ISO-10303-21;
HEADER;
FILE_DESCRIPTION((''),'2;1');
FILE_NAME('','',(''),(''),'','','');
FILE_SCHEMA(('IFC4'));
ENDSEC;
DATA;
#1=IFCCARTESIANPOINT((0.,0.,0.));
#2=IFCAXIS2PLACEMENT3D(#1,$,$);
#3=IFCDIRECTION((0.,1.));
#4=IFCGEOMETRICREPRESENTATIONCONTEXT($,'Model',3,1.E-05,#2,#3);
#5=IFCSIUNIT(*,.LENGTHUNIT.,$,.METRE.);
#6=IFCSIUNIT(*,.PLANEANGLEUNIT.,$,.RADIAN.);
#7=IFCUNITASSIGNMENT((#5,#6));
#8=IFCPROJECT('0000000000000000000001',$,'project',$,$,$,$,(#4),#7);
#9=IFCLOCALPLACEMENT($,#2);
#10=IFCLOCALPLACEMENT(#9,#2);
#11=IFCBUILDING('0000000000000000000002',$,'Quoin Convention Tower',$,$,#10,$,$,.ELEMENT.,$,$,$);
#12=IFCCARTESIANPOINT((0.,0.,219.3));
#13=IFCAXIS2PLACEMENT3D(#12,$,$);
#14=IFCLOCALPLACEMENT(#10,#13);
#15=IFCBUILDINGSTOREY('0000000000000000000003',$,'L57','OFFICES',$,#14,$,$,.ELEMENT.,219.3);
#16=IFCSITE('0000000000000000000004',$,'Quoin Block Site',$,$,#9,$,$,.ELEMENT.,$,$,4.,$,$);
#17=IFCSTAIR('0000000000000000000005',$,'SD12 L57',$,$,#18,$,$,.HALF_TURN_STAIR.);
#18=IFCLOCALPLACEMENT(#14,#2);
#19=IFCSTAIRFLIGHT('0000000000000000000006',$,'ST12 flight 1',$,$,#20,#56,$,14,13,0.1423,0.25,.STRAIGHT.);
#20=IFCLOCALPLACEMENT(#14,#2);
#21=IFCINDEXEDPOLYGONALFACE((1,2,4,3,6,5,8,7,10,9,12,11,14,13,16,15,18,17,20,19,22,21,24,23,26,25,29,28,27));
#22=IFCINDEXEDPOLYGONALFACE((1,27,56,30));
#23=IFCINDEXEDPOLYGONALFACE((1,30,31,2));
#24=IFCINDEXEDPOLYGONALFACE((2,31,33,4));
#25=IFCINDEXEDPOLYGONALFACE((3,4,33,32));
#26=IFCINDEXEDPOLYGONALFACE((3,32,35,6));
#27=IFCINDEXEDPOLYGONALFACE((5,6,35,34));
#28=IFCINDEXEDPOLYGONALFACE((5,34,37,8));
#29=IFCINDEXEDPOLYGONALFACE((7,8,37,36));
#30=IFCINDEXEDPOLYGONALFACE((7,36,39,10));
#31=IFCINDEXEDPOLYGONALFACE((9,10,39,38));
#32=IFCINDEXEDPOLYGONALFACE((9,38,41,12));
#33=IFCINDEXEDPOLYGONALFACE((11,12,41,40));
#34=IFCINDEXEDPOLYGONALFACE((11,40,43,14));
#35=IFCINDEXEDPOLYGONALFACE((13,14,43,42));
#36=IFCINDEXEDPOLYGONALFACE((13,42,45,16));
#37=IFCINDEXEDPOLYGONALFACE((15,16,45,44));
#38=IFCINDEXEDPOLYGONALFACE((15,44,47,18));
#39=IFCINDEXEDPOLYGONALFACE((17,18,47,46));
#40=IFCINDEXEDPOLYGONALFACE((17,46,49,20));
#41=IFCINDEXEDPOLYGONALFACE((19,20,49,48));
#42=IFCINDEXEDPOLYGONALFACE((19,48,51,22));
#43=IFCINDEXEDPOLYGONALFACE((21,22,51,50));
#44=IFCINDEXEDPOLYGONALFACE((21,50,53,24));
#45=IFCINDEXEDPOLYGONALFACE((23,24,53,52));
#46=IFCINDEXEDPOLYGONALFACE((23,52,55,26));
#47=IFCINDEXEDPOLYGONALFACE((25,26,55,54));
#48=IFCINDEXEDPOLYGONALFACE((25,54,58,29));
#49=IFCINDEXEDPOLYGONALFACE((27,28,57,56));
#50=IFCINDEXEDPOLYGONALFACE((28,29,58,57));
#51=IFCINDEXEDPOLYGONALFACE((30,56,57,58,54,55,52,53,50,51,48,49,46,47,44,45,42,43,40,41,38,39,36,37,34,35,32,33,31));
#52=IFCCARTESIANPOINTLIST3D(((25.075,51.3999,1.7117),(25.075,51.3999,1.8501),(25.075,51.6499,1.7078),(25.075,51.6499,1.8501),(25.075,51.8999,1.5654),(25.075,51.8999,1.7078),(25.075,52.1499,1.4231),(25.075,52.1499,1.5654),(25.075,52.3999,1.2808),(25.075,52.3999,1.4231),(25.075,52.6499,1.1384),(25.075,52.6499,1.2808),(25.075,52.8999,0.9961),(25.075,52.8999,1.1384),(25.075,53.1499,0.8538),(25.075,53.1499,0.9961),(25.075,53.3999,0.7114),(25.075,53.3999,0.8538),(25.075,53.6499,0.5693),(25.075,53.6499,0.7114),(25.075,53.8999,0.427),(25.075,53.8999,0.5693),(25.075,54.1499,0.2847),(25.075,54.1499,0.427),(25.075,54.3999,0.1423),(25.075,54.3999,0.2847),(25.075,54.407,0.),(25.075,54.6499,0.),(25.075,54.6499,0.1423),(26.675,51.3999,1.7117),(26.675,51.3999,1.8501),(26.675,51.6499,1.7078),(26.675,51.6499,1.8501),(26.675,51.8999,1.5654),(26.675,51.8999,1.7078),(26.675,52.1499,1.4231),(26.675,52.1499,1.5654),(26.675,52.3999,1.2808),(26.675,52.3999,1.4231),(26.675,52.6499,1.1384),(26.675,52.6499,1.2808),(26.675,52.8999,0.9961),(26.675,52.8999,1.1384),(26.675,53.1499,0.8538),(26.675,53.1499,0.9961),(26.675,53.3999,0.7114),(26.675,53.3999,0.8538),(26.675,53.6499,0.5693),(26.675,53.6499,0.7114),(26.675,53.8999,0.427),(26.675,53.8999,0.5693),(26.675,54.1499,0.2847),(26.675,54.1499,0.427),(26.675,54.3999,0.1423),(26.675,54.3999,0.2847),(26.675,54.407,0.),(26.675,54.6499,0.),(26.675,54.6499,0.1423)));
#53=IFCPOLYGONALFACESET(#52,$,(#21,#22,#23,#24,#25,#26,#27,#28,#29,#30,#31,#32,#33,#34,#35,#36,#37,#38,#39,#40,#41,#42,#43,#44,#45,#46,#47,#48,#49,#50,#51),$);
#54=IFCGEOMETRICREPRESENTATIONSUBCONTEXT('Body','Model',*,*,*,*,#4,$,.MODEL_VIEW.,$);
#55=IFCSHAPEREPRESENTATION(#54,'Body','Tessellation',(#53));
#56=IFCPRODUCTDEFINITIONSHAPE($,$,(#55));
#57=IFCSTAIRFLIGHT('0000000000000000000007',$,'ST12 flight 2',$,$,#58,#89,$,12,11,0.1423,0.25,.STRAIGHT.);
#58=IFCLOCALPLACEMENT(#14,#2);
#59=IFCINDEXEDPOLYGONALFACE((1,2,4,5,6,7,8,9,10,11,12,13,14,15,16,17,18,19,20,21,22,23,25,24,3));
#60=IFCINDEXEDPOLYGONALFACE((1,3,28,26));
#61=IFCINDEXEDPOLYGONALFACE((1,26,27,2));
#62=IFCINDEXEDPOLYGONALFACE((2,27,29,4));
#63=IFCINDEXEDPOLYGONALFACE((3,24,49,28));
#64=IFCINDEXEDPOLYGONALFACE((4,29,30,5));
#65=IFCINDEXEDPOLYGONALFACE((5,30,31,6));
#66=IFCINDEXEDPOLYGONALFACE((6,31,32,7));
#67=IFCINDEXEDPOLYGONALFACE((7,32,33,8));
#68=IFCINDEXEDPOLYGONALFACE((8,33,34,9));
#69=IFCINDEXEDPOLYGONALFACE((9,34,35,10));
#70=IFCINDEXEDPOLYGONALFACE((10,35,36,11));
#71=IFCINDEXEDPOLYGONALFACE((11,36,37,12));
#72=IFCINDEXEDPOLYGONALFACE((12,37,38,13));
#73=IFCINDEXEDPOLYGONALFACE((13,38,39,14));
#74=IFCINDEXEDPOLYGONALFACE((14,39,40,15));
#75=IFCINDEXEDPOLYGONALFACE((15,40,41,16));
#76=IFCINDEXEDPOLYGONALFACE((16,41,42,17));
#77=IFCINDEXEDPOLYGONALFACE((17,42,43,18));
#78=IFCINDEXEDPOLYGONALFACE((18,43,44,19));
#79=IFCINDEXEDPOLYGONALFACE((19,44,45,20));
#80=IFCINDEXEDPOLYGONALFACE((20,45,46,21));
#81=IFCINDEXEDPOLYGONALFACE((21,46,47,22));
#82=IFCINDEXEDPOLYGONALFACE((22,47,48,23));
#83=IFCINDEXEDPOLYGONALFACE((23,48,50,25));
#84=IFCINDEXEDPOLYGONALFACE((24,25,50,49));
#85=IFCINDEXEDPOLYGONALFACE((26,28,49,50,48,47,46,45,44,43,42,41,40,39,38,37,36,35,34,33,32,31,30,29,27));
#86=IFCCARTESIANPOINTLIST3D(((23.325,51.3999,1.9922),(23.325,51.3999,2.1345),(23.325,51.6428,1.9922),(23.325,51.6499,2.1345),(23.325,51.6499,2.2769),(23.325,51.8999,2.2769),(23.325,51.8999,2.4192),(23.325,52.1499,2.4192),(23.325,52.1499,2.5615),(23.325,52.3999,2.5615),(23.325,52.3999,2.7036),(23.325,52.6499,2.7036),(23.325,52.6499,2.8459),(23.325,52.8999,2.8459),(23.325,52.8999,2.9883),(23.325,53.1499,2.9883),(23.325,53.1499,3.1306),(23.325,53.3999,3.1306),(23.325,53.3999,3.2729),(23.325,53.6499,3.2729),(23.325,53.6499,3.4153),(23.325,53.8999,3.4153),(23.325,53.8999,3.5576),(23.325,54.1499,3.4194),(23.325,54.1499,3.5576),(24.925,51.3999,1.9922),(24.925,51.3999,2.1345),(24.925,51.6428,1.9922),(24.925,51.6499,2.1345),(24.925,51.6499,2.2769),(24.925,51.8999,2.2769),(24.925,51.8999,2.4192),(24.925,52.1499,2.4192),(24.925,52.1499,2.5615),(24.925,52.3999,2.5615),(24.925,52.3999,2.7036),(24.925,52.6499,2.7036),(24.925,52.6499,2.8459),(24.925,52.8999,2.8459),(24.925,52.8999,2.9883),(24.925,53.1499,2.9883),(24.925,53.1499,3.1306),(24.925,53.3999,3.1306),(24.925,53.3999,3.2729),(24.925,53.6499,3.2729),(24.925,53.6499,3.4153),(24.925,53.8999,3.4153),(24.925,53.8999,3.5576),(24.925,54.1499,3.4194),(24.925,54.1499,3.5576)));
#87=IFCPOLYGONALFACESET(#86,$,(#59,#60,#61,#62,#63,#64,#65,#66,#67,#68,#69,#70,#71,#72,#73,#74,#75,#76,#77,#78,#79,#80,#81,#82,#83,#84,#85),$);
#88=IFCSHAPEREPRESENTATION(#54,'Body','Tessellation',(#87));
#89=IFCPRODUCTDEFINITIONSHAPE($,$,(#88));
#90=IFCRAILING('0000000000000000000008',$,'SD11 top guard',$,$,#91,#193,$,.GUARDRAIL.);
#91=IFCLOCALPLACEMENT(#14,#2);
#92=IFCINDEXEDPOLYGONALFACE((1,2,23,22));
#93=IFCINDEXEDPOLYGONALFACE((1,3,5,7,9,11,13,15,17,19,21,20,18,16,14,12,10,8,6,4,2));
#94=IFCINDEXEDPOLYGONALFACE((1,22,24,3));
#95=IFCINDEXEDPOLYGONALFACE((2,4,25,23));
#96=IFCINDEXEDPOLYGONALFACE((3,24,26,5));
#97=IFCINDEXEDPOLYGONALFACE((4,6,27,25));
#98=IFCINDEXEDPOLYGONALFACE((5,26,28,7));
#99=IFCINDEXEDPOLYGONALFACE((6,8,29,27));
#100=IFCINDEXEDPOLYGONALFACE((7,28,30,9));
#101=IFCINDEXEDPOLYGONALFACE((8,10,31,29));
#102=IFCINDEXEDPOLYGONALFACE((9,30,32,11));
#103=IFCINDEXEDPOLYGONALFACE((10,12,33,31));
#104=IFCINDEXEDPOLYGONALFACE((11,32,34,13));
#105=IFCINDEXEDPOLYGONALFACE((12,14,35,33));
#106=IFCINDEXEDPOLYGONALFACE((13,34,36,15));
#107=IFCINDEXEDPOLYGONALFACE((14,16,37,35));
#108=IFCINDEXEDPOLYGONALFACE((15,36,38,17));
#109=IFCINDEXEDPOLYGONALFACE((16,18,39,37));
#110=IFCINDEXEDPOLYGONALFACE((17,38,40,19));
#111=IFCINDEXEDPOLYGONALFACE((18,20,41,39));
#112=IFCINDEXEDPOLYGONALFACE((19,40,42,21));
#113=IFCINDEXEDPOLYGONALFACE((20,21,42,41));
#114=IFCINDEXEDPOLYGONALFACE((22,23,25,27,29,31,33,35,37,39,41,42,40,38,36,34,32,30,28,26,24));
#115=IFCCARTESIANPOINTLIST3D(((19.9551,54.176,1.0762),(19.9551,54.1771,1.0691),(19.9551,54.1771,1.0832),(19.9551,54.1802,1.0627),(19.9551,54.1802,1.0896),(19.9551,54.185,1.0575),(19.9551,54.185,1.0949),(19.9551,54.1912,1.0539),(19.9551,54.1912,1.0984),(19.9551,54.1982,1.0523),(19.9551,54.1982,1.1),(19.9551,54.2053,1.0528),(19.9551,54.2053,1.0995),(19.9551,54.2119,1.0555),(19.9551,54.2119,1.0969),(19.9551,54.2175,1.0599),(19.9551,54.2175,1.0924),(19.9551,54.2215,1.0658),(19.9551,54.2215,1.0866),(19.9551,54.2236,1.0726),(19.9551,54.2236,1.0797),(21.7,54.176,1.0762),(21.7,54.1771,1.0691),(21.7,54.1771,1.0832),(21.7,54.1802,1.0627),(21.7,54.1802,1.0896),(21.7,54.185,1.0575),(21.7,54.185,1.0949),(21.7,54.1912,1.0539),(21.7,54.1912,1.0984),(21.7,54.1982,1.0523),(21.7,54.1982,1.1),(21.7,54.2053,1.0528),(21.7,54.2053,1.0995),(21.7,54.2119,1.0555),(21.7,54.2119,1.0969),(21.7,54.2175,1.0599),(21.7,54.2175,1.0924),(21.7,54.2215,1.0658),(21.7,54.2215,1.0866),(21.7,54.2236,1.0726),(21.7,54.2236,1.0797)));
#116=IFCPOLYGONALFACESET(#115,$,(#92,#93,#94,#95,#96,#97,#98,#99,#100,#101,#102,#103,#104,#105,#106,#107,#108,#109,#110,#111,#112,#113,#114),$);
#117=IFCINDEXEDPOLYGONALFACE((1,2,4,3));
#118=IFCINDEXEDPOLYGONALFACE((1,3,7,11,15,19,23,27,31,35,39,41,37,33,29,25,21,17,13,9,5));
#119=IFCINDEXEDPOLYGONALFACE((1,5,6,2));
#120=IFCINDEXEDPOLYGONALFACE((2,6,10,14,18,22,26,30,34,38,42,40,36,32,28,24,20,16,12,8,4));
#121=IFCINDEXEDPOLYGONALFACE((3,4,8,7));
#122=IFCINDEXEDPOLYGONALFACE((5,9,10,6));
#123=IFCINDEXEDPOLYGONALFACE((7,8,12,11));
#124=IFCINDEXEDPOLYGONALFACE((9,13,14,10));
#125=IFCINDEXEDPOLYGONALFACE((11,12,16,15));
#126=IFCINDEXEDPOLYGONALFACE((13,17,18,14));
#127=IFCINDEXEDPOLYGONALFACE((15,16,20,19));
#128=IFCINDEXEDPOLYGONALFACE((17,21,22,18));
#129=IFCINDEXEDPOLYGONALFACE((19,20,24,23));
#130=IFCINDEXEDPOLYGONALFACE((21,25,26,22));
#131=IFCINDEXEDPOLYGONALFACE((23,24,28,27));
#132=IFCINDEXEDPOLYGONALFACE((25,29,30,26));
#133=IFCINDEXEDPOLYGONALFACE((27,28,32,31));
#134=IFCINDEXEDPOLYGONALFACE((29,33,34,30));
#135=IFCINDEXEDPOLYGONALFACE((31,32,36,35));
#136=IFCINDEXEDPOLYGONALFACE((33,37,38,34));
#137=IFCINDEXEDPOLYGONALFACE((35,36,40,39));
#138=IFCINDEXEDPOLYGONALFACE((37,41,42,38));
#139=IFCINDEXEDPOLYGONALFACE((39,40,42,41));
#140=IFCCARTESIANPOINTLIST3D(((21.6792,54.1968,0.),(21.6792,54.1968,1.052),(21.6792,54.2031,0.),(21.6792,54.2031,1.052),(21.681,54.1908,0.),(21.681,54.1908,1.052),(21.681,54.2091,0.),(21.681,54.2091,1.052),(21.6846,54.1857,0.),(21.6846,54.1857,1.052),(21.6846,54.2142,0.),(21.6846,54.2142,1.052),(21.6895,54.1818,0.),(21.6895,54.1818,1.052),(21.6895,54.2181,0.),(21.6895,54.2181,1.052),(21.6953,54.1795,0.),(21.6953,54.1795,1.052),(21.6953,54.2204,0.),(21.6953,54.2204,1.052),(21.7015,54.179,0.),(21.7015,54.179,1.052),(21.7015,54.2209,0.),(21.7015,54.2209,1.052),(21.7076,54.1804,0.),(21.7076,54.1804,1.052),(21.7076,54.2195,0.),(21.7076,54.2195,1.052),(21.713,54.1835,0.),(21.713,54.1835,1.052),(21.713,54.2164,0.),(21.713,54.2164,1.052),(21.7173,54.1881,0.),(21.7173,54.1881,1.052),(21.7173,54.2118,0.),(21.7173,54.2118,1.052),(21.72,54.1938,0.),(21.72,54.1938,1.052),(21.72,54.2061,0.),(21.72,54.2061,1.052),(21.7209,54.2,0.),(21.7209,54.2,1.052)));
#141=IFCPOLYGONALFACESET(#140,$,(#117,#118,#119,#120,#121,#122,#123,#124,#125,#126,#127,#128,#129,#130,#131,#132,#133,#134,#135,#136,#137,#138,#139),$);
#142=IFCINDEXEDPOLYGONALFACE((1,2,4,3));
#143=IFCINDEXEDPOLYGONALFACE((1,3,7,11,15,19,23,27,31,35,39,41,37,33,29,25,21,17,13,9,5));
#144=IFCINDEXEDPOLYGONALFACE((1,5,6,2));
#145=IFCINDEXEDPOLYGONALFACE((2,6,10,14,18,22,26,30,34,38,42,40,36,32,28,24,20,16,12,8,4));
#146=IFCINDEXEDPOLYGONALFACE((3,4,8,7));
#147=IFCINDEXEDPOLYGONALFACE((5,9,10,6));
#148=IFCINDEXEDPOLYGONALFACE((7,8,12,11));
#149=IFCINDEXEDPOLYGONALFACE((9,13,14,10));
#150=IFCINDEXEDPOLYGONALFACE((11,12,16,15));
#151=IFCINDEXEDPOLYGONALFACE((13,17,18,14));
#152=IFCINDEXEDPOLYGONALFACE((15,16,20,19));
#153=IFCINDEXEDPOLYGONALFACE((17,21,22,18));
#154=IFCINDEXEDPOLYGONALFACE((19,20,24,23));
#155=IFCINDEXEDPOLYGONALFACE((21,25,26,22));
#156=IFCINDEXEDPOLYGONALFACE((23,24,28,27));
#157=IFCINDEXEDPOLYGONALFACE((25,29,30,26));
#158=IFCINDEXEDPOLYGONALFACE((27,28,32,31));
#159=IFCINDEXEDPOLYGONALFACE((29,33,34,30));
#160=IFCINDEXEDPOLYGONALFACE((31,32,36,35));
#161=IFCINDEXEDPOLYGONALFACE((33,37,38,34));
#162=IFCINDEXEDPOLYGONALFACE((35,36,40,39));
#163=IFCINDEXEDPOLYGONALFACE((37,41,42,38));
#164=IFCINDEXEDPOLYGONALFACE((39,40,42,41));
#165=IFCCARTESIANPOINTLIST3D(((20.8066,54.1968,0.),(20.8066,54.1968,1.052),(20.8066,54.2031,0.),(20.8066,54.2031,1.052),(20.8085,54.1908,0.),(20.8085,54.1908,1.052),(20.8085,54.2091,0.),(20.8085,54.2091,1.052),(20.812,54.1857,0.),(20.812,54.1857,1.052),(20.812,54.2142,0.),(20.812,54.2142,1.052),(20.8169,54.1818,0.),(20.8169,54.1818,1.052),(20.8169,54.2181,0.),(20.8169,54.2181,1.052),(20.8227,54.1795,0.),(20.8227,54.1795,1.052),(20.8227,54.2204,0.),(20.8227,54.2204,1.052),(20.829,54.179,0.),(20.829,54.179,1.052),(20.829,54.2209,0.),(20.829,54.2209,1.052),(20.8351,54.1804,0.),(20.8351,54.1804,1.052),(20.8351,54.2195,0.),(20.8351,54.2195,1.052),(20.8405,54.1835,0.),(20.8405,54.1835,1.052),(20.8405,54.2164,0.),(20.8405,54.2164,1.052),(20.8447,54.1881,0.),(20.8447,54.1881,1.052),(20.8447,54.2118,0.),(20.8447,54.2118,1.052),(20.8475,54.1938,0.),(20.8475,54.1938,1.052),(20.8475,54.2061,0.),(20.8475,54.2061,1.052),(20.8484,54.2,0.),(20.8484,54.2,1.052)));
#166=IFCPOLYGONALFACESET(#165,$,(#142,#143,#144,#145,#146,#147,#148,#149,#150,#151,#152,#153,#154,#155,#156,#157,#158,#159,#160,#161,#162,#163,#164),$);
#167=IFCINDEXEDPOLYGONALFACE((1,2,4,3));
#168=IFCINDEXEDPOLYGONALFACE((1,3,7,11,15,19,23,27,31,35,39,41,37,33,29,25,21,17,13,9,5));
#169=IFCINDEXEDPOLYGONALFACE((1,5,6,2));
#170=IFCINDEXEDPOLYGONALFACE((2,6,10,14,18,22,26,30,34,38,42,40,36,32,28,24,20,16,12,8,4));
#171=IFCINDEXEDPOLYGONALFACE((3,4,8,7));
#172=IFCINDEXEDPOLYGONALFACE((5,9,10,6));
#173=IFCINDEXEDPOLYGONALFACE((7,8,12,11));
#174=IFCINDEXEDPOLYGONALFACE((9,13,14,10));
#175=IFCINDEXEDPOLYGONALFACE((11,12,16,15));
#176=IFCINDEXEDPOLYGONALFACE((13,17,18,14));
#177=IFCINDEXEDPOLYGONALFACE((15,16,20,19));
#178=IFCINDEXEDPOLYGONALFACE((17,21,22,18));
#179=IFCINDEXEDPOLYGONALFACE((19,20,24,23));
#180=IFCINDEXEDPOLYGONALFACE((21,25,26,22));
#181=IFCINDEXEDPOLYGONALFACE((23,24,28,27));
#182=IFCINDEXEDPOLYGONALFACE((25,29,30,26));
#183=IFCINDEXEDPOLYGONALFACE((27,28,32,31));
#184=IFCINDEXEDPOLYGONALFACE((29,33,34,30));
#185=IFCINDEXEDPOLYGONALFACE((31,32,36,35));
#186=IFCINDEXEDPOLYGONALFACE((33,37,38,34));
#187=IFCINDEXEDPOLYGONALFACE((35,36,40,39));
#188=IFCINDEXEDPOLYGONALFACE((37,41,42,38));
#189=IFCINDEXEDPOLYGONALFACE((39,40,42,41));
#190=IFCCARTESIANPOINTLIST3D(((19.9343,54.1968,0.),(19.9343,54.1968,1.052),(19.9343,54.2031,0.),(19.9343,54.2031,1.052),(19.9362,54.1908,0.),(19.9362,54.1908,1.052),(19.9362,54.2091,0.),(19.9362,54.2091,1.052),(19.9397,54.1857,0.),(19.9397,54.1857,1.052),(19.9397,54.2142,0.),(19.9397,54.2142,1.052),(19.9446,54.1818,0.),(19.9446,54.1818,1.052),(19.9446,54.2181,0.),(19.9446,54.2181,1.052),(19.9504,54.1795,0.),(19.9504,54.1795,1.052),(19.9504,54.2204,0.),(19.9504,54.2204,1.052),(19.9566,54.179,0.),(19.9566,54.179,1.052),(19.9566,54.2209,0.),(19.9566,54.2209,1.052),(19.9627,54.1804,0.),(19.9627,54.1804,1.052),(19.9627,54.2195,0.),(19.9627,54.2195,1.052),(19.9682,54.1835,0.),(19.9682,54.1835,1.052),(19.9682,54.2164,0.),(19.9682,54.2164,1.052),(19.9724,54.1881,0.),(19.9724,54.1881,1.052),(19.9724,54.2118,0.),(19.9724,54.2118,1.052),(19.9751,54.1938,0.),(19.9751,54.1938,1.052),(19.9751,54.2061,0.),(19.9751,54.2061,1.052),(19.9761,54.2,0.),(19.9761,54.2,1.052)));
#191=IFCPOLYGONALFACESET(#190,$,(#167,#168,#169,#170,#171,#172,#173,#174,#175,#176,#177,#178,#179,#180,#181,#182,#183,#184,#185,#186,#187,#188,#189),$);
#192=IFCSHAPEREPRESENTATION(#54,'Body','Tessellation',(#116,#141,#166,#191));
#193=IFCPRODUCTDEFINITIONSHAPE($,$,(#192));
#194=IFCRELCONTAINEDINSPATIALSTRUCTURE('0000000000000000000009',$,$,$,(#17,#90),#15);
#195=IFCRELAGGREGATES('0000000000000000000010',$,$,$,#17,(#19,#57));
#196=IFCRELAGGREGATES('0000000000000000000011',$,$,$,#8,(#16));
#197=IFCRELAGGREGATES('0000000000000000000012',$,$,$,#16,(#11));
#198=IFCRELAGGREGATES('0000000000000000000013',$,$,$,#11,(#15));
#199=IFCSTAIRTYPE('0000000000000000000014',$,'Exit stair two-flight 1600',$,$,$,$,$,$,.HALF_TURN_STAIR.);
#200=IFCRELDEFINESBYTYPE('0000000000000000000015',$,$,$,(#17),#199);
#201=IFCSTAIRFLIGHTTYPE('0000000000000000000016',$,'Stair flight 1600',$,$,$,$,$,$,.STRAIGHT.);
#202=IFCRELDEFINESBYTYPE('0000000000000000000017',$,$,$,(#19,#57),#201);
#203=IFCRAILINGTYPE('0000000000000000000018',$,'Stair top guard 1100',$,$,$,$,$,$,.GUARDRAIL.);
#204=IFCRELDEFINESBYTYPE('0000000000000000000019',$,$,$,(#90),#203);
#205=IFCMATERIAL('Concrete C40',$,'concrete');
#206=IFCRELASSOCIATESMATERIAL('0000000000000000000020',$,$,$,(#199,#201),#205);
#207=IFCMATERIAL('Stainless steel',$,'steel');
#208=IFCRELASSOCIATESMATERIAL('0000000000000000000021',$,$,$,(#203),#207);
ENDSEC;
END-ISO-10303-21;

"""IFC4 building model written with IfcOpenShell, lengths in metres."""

from ifc_helpers import new_model, si_unit, direction, frame, origin, origin_2d, place, context, subcontext, project, spatial, polyline, circle, outline, extrude, material, type_object, element, aggregate, save


model = new_model("IFC4")

# Units and contexts
model_context = context("Model", 3, precision=1e-05, world=origin(), true_north=direction((0.0, 1.0)))
body_context = subcontext(model_context, "Body", "Model", "MODEL_VIEW")
ifc_project = project(units=[si_unit("LENGTHUNIT", "METRE"), si_unit("PLANEANGLEUNIT", "RADIAN")], contexts=[model_context])

# Site, building, storey
site_placement = place(None, origin())
site = spatial("IfcSite", under=ifc_project, at=site_placement, Name="Quoin Block Site", CompositionType="ELEMENT", RefElevation=4.0)
building_placement = place(site_placement, origin())
building = spatial("IfcBuilding", under=site, at=building_placement, Name="Quoin Convention Tower", CompositionType="ELEMENT")
storey_placement = place(building_placement, frame((0.0, 0.0, 219.3)))
storey = spatial("IfcBuildingStorey", under=building, at=storey_placement, Name="L57", Description="OFFICES", CompositionType="ELEMENT", Elevation=219.3)

# Stair, stair flights
ifc_material_1 = material(Name="Concrete C40", Category="concrete")
stair_type = type_object("IfcStairType", Name="Exit stair two-flight 1600", PredefinedType="HALF_TURN_STAIR", material=ifc_material_1)
stair_flight_type = type_object("IfcStairFlightType", Name="Stair flight 1600", PredefinedType="STRAIGHT", material=ifc_material_1)
stair_1_placement = place(storey_placement, origin())
stair_1 = element("IfcStair", 1, at=stair_1_placement, inside=storey, type_object=stair_type, Name="SD12 L57", PredefinedType="HALF_TURN_STAIR")
stair_flight_1_placement = place(storey_placement, frame((25.875, 54.6499, 0.0), z_axis=(0.0, 0.0, 1.0), x_axis=(0.0, -1.0, 0.0)))
stair_flight_1 = element("IfcStairFlight", 2, at=stair_flight_1_placement, type_object=stair_flight_type, Name="ST12 flight 1", NumberOfRisers=14, NumberOfTreads=13, PredefinedType="STRAIGHT", RiserHeight=0.1423, TreadLength=0.25, context=body_context, shape_type="SweptSolid", body=[
    extrude(outline(polyline([(0.0, 0.0), (0.0, 0.1423), (0.25, 0.1423), (0.25, 0.2847), (0.5, 0.2847), (0.5, 0.427), (0.75, 0.427), (0.75, 0.5693), (1.0, 0.5693), (1.0, 0.7114), (1.25, 0.7114), (1.25, 0.8538), (1.5, 0.8538), (1.5, 0.9961), (1.75, 0.9961), (1.75, 1.1384), (2.0, 1.1384), (2.0, 1.2808), (2.25, 1.2808), (2.25, 1.4231), (2.5, 1.4231), (2.5, 1.5654), (2.75, 1.5654), (2.75, 1.7078), (3.0, 1.7078), (3.0, 1.8501), (3.25, 1.8501), (3.25, 1.9922), (3.25, 1.7117), (0.2429, 0.0), (0.0, 0.0)])), frame((0.0, 0.8, 0.0), z_axis=(0.0, -1.0, 0.0), x_axis=(1.0, 0.0, 0.0)), (0.0, 0.0, 1.0), 1.6001),
])
stair_flight_2_placement = place(storey_placement, frame((24.125, 51.3999, 1.9922), z_axis=(0.0, 0.0, 1.0), x_axis=(0.0, 1.0, 0.0)))
stair_flight_2 = element("IfcStairFlight", 3, at=stair_flight_2_placement, type_object=stair_flight_type, Name="ST12 flight 2", NumberOfRisers=12, NumberOfTreads=11, PredefinedType="STRAIGHT", RiserHeight=0.1423, TreadLength=0.25, context=body_context, shape_type="SweptSolid", body=[
    extrude(outline(polyline([(0.0, 0.0), (0.0, 0.1423), (0.25, 0.1423), (0.25, 0.2847), (0.5, 0.2847), (0.5, 0.427), (0.75, 0.427), (0.75, 0.5693), (1.0, 0.5693), (1.0, 0.7114), (1.25, 0.7114), (1.25, 0.8538), (1.5, 0.8538), (1.5, 0.9961), (1.75, 0.9961), (1.75, 1.1384), (2.0, 1.1384), (2.0, 1.2808), (2.25, 1.2808), (2.25, 1.4231), (2.5, 1.4231), (2.5, 1.5654), (2.75, 1.5654), (2.75, 1.7078), (2.75, 1.4272), (0.2429, 0.0), (0.0, 0.0)])), frame((0.0, 0.8, 0.0), z_axis=(0.0, -1.0, 0.0), x_axis=(1.0, 0.0, 0.0)), (0.0, 0.0, 1.0), 1.6001),
])
aggregate(stair_1, [stair_flight_1, stair_flight_2])

# Railing
ifc_material_2 = material(Name="Stainless steel", Category="steel")
railing_type_1 = type_object("IfcRailingType", Name="Stair top guard 1100", PredefinedType="GUARDRAIL", material=ifc_material_2)
for number, where, name in (
    (4, (21.7, 54.2, 0.0), "SD11 top guard"),
):
    element("IfcRailing", number, at=place(storey_placement, frame(where)), inside=storey, type_object=railing_type_1, Name=name, PredefinedType="GUARDRAIL", context=body_context, shape_type="SweptSolid", body=[
        extrude(circle(Radius=0.0239, at=origin_2d()), frame((0.0, 0.0, 1.0762), z_axis=(-1.0, 0.0, 0.0), x_axis=(0.0, -1.0, 0.0)), (0.0, 0.0, 1.0), 1.7449),
        extrude(circle(Radius=0.021, at=origin_2d()), origin(), (0.0, 0.0, 1.0), 1.052),
        extrude(circle(Radius=0.021, at=origin_2d()), frame((-0.8726, 0.0, 0.0)), (0.0, 0.0, 1.0), 1.052),
        extrude(circle(Radius=0.021, at=origin_2d()), frame((-1.7449, 0.0, 0.0)), (0.0, 0.0, 1.0), 1.052),
    ])

save(model, "model.ifc")
